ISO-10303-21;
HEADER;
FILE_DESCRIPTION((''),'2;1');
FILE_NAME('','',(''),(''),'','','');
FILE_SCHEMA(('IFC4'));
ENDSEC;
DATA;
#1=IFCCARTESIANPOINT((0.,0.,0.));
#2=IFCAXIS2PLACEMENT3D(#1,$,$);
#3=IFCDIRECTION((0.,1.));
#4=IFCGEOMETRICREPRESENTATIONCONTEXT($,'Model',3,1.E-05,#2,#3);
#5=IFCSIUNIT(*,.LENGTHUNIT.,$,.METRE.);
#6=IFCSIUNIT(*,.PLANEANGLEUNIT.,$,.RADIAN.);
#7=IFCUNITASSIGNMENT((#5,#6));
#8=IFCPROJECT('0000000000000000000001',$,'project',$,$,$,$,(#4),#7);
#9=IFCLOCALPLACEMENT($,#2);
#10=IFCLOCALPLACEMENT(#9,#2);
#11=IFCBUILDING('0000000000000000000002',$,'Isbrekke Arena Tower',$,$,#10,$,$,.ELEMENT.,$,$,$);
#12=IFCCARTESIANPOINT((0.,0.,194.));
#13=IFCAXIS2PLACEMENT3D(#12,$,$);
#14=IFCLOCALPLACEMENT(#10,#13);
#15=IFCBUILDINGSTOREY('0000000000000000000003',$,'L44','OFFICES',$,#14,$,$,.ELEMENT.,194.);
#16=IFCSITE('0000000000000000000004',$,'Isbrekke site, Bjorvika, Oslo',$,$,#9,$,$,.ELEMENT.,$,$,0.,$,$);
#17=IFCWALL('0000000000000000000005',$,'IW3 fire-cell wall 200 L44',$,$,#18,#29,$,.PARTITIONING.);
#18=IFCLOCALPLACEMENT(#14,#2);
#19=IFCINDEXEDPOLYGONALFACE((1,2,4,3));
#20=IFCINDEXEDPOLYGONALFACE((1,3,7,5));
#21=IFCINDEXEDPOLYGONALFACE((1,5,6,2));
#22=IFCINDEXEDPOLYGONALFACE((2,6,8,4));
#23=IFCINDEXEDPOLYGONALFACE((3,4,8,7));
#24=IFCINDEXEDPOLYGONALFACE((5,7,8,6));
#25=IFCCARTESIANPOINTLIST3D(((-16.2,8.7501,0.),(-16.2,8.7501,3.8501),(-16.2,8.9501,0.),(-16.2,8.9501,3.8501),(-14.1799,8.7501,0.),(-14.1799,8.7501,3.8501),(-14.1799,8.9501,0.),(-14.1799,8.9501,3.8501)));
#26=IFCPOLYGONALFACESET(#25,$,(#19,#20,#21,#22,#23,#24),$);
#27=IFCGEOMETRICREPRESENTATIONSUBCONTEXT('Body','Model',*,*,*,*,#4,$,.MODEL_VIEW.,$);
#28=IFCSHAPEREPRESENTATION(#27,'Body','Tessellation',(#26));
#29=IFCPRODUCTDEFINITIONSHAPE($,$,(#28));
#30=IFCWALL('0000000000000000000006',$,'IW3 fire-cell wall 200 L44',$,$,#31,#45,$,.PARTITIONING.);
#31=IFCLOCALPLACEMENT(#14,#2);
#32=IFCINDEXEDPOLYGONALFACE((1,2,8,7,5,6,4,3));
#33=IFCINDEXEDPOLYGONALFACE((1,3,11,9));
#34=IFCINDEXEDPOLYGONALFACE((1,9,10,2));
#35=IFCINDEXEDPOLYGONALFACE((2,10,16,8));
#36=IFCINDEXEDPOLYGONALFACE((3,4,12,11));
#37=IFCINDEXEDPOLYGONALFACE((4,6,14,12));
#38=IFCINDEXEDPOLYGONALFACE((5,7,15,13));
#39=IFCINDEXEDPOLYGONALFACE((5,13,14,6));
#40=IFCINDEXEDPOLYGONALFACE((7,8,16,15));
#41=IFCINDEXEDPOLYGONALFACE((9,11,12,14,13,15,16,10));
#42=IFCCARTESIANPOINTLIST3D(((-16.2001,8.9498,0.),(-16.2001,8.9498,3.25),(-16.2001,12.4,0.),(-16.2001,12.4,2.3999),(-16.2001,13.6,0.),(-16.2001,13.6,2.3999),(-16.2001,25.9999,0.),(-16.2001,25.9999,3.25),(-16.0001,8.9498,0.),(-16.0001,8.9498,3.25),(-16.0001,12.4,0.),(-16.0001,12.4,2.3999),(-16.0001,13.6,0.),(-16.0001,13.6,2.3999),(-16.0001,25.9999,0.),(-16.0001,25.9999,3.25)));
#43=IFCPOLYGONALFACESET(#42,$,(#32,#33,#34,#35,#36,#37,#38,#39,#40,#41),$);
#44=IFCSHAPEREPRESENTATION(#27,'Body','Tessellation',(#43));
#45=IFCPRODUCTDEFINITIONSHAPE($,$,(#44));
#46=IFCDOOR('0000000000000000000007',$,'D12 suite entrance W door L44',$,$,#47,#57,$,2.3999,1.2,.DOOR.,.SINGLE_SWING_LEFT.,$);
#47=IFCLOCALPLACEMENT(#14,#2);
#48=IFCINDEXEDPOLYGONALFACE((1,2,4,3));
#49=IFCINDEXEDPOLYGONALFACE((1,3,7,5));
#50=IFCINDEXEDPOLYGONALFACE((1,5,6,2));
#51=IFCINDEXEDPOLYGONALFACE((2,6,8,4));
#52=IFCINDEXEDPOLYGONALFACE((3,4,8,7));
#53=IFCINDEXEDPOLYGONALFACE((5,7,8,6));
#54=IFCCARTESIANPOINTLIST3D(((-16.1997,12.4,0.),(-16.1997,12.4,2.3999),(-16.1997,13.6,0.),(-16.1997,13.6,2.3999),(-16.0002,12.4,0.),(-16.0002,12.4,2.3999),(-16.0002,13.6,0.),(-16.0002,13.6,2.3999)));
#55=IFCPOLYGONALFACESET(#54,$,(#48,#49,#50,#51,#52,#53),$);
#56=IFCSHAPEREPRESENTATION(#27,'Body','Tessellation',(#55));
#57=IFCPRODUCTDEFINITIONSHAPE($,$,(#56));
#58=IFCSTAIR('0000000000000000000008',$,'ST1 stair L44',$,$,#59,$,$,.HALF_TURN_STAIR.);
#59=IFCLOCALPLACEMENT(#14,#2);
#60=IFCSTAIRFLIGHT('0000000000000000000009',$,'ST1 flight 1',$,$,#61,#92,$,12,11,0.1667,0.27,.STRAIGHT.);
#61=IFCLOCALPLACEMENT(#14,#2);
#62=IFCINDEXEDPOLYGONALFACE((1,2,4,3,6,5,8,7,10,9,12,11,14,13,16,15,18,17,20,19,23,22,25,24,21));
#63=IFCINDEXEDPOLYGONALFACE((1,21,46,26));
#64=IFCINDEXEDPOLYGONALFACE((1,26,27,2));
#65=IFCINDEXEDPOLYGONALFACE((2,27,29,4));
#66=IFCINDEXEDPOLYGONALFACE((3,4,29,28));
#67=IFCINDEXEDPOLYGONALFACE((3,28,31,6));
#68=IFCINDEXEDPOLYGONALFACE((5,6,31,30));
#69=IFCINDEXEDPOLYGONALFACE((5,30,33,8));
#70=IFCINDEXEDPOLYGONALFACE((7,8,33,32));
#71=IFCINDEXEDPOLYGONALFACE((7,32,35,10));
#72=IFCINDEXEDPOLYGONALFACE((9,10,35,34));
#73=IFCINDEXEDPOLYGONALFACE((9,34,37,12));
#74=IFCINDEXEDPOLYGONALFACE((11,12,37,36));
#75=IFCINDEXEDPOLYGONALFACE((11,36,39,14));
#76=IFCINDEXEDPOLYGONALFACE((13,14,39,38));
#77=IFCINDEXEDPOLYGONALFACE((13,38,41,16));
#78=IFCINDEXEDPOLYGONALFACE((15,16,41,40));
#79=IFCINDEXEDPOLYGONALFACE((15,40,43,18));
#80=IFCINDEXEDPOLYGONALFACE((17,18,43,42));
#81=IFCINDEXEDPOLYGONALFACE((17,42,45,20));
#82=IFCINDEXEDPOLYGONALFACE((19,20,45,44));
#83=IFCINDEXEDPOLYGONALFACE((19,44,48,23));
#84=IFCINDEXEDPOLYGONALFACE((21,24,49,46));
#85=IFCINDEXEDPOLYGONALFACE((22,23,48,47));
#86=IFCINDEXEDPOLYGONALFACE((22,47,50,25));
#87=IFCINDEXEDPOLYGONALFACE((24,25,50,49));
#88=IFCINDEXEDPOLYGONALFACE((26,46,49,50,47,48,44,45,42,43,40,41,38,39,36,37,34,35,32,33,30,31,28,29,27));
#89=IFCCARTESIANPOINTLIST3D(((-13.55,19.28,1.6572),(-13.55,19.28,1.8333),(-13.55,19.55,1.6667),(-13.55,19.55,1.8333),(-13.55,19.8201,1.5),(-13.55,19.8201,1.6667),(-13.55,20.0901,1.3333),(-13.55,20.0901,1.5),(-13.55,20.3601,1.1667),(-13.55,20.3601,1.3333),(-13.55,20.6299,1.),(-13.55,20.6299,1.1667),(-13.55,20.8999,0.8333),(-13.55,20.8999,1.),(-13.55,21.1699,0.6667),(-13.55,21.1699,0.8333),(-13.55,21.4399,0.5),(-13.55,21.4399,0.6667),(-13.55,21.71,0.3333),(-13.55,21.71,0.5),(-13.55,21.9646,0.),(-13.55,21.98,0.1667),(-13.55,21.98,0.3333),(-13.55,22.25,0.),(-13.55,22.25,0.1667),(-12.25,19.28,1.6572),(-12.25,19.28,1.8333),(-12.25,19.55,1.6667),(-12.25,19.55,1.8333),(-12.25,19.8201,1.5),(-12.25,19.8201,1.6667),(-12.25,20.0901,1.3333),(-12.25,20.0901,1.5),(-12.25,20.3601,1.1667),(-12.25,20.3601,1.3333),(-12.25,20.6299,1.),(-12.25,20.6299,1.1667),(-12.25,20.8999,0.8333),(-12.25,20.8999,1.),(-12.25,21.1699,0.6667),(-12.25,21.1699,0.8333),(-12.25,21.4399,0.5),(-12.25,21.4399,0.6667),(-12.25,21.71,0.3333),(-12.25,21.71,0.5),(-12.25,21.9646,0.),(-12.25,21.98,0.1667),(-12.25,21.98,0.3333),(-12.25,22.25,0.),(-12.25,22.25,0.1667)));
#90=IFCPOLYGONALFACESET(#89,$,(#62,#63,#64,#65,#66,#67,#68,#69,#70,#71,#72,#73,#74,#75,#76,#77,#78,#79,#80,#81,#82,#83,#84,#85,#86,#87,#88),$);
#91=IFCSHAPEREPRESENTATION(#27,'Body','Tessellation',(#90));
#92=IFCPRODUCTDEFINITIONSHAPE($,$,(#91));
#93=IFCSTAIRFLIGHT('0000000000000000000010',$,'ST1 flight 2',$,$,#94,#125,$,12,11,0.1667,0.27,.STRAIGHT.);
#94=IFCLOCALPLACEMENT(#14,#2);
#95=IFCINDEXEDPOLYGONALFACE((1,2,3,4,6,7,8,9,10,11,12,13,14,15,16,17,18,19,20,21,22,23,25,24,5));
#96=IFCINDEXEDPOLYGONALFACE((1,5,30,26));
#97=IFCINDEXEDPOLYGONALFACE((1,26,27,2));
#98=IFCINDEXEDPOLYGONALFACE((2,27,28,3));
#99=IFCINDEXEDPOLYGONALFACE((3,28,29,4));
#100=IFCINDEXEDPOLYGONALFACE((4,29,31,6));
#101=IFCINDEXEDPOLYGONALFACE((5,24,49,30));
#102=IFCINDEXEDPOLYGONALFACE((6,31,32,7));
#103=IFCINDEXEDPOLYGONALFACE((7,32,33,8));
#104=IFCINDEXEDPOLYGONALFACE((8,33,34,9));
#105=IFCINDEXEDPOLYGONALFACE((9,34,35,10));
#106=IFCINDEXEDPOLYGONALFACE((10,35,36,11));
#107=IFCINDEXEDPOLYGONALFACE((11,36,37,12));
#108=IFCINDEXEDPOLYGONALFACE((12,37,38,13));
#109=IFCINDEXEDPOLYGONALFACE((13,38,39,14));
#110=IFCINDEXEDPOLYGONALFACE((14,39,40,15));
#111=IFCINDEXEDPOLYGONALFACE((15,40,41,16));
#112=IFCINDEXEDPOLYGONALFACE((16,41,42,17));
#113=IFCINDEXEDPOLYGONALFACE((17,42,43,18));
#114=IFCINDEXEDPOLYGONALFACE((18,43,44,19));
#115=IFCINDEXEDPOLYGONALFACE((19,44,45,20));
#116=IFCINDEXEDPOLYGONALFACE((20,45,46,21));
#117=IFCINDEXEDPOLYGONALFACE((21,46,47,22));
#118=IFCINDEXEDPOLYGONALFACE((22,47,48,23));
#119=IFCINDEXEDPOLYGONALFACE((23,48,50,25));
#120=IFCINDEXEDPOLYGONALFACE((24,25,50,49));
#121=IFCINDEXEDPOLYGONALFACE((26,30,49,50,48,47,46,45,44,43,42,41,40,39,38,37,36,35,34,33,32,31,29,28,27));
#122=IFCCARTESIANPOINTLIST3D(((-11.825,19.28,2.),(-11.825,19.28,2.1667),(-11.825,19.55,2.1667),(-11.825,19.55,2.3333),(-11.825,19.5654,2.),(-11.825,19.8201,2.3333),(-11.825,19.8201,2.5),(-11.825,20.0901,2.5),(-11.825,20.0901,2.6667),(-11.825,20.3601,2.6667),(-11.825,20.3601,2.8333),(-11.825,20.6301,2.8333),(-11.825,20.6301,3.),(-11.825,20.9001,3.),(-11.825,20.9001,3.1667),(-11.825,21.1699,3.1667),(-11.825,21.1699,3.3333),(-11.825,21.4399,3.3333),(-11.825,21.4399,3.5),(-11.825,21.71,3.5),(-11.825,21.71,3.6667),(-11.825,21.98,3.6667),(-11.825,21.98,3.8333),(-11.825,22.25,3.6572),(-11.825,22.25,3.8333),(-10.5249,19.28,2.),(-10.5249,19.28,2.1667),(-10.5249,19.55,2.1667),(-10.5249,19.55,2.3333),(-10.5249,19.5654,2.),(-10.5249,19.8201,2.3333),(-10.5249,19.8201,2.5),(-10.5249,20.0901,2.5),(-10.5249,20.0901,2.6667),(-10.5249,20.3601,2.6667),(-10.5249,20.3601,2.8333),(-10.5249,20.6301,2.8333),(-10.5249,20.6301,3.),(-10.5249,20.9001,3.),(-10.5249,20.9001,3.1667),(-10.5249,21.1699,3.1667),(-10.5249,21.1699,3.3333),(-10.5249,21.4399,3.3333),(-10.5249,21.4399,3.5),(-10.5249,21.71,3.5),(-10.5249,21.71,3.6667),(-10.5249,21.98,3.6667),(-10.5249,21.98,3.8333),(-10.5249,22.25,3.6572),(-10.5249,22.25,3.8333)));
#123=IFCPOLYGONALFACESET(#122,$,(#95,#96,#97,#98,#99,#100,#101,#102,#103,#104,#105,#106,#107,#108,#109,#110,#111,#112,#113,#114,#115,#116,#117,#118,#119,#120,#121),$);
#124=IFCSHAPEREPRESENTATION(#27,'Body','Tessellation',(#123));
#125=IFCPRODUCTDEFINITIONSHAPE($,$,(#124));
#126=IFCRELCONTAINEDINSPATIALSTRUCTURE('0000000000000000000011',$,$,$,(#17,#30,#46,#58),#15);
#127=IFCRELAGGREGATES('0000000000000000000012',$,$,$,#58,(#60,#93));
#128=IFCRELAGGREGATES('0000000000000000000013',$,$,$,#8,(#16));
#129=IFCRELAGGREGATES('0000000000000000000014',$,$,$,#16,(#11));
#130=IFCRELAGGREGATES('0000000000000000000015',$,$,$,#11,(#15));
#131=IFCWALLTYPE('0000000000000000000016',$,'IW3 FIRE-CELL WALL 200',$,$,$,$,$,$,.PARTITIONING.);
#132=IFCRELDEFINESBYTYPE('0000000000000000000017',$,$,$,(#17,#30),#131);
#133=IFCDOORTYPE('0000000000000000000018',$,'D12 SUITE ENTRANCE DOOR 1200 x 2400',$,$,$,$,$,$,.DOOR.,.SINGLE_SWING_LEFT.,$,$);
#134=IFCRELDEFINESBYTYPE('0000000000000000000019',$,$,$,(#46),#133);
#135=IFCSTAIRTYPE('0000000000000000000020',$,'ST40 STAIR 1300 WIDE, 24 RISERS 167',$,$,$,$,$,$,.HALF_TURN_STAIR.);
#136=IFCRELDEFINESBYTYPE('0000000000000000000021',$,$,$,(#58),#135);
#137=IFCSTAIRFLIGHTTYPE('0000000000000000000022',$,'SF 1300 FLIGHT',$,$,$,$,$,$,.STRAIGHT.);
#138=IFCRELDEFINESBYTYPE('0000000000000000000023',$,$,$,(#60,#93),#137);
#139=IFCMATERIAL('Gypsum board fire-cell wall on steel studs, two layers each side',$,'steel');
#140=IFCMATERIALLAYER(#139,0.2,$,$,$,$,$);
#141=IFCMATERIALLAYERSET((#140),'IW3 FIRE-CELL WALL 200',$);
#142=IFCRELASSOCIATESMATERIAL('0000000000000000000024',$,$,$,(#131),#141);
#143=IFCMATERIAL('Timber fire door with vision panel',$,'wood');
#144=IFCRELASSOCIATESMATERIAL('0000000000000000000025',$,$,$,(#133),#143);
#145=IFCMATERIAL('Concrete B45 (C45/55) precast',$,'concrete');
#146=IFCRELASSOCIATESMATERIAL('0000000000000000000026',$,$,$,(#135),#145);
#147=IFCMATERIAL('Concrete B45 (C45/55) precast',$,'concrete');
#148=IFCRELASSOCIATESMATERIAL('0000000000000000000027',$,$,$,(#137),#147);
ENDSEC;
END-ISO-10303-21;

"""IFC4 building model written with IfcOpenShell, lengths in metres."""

from ifc_helpers import new_model, si_unit, direction, frame, frame_2d, origin, place, context, subcontext, project, spatial, polyline, rectangle, outline, extrude, material, layer, layer_set, type_object, element, fill, aggregate, save


model = new_model("IFC4")

# Units and contexts
model_context = context("Model", 3, precision=1e-05, world=origin(), true_north=direction((0.0, 1.0)))
body_context = subcontext(model_context, "Body", "Model", "MODEL_VIEW")
ifc_project = project(units=[si_unit("LENGTHUNIT", "METRE"), si_unit("PLANEANGLEUNIT", "RADIAN")], contexts=[model_context])

# Site, building, storey
site_placement = place(None, origin())
site = spatial("IfcSite", under=ifc_project, at=site_placement, Name="Isbrekke site, Bjorvika, Oslo", CompositionType="ELEMENT", RefElevation=0.0)
building_placement = place(site_placement, origin())
building = spatial("IfcBuilding", under=site, at=building_placement, Name="Isbrekke Arena Tower", CompositionType="ELEMENT")
storey_placement = place(building_placement, frame((0.0, 0.0, 194.0)))
storey = spatial("IfcBuildingStorey", under=building, at=storey_placement, Name="L44", Description="OFFICES", CompositionType="ELEMENT", Elevation=194.0)

# Wall
ifc_material_1 = material(Name="Gypsum board fire-cell wall on steel studs, two layers each side", Category="steel")
ifc_layer_1 = layer(ifc_material_1, 0.2)
ifc_layer_set_1 = layer_set([ifc_layer_1], Name="IW3 FIRE-CELL WALL 200")
wall_type_1 = type_object("IfcWallType", Name="IW3 FIRE-CELL WALL 200", PredefinedType="PARTITIONING", material=ifc_layer_set_1)
wall_1_placement = place(storey_placement, frame((-16.2, 8.8501, 0.0), z_axis=(0.0, 0.0, 1.0), x_axis=(1.0, 0.0, 0.0)))
element("IfcWall", 1, at=wall_1_placement, inside=storey, type_object=wall_type_1, Name="IW3 fire-cell wall 200 L44", PredefinedType="PARTITIONING", context=body_context, shape_type="SweptSolid", body=[
    extrude(rectangle(XDim=2.02, YDim=0.2, at=frame_2d((1.01, 0.0))), origin(), (0.0, 0.0, 1.0), 3.8501),
])

# Wall, opening, door
wall_2_placement = place(storey_placement, frame((-16.1001, 8.95, 0.0), z_axis=(0.0, 0.0, 1.0), x_axis=(0.0, 1.0, 0.0)))
wall_2 = element("IfcWall", 2, at=wall_2_placement, inside=storey, type_object=wall_type_1, Name="IW3 fire-cell wall 200 L44", PredefinedType="PARTITIONING", context=body_context, shape_type="SweptSolid", body=[
    extrude(rectangle(XDim=17.05, YDim=0.2, at=frame_2d((8.5249, 0.0))), origin(), (0.0, 0.0, 1.0), 3.25),
])
opening_1_placement = place(wall_2_placement, frame((3.45, 0.0, 0.0)))
opening_1 = element("IfcOpeningElement", 3, at=opening_1_placement, cuts=wall_2, PredefinedType="OPENING", context=body_context, shape_type="SweptSolid", body=[
    extrude(rectangle(XDim=1.2, YDim=2.3999, at=frame_2d((0.6001, 1.2))), frame((0.0, 0.1147, 0.0), z_axis=(0.0, -1.0, 0.0), x_axis=(1.0, 0.0, 0.0)), (0.0, 0.0, 1.0), 0.2297),
])
ifc_material_2 = material(Name="Timber fire door with vision panel", Category="wood")
door_type_1 = type_object("IfcDoorType", Name="D12 SUITE ENTRANCE DOOR 1200 x 2400", OperationType="SINGLE_SWING_LEFT", PredefinedType="DOOR", material=ifc_material_2)
door_1_placement = place(opening_1_placement, origin())
door_1 = element("IfcDoor", 4, at=door_1_placement, inside=storey, type_object=door_type_1, Name="D12 suite entrance W door L44", OperationType="SINGLE_SWING_LEFT", OverallHeight=2.3999, OverallWidth=1.2, PredefinedType="DOOR", context=body_context, shape_type="SweptSolid", body=[
    extrude(rectangle(XDim=1.2, YDim=2.3999, at=frame_2d((0.6001, 1.2))), frame((0.0, 0.0996, 0.0), z_axis=(0.0, -1.0, 0.0), x_axis=(1.0, 0.0, 0.0)), (0.0, 0.0, 1.0), 0.1995),
])
fill(opening_1, door_1)

# Stair, stair flights
ifc_material_3 = material(Name="Concrete B45 (C45/55) precast", Category="concrete")
stair_type = type_object("IfcStairType", Name="ST40 STAIR 1300 WIDE, 24 RISERS 167", PredefinedType="HALF_TURN_STAIR", material=ifc_material_3)
stair_placement = place(storey_placement, origin())
stair = element("IfcStair", 5, at=stair_placement, inside=storey, type_object=stair_type, Name="ST1 stair L44", PredefinedType="HALF_TURN_STAIR")
ifc_material_4 = material(Name="Concrete B45 (C45/55) precast", Category="concrete")
stair_flight_type = type_object("IfcStairFlightType", Name="SF 1300 FLIGHT", PredefinedType="STRAIGHT", material=ifc_material_4)
stair_flight_1_placement = place(storey_placement, frame((-12.8999, 22.25, 0.0), z_axis=(0.0, 0.0, 1.0), x_axis=(0.0, -1.0, 0.0)))
stair_flight_1 = element("IfcStairFlight", 6, at=stair_flight_1_placement, type_object=stair_flight_type, Name="ST1 flight 1", NumberOfRisers=12, NumberOfTreads=11, PredefinedType="STRAIGHT", RiserHeight=0.1667, TreadLength=0.27, context=body_context, shape_type="SweptSolid", body=[
    extrude(outline(polyline([(0.0, 0.0), (0.0, 0.1667), (0.27, 0.1667), (0.27, 0.3333), (0.54, 0.3333), (0.54, 0.5), (0.8101, 0.5), (0.8101, 0.6667), (1.0801, 0.6667), (1.0801, 0.8333), (1.3501, 0.8333), (1.3501, 1.0), (1.6201, 1.0), (1.6201, 1.1667), (1.8899, 1.1667), (1.8899, 1.3333), (2.1599, 1.3333), (2.1599, 1.5), (2.4299, 1.5), (2.4299, 1.6667), (2.7, 1.6667), (2.7, 1.8333), (2.97, 1.8333), (2.97, 2.0), (2.97, 1.6572), (0.2854, 0.0), (0.0, 0.0)])), frame((0.0, 0.6499, 0.0), z_axis=(0.0, -1.0, 0.0), x_axis=(1.0, 0.0, 0.0)), (0.0, 0.0, 1.0), 1.3),
])
stair_flight_2_placement = place(storey_placement, frame((-11.175, 19.28, 2.0), z_axis=(0.0, 0.0, 1.0), x_axis=(0.0, 1.0, 0.0)))
stair_flight_2 = element("IfcStairFlight", 7, at=stair_flight_2_placement, type_object=stair_flight_type, Name="ST1 flight 2", NumberOfRisers=12, NumberOfTreads=11, PredefinedType="STRAIGHT", RiserHeight=0.1667, TreadLength=0.27, context=body_context, shape_type="SweptSolid", body=[
    extrude(outline(polyline([(0.0, 0.0), (0.0, 0.1667), (0.27, 0.1667), (0.27, 0.3333), (0.54, 0.3333), (0.54, 0.5), (0.8101, 0.5), (0.8101, 0.6667), (1.0801, 0.6667), (1.0801, 0.8333), (1.3501, 0.8333), (1.3501, 1.0), (1.6201, 1.0), (1.6201, 1.1667), (1.8899, 1.1667), (1.8899, 1.3333), (2.1599, 1.3333), (2.1599, 1.5), (2.4299, 1.5), (2.4299, 1.6667), (2.7, 1.6667), (2.7, 1.8333), (2.97, 1.8333), (2.97, 2.0), (2.97, 1.6572), (0.2854, 0.0), (0.0, 0.0)])), frame((0.0, 0.6499, 0.0), z_axis=(0.0, -1.0, 0.0), x_axis=(1.0, 0.0, 0.0)), (0.0, 0.0, 1.0), 1.3),
])
aggregate(stair, [stair_flight_1, stair_flight_2])

save(model, "model.ifc")
